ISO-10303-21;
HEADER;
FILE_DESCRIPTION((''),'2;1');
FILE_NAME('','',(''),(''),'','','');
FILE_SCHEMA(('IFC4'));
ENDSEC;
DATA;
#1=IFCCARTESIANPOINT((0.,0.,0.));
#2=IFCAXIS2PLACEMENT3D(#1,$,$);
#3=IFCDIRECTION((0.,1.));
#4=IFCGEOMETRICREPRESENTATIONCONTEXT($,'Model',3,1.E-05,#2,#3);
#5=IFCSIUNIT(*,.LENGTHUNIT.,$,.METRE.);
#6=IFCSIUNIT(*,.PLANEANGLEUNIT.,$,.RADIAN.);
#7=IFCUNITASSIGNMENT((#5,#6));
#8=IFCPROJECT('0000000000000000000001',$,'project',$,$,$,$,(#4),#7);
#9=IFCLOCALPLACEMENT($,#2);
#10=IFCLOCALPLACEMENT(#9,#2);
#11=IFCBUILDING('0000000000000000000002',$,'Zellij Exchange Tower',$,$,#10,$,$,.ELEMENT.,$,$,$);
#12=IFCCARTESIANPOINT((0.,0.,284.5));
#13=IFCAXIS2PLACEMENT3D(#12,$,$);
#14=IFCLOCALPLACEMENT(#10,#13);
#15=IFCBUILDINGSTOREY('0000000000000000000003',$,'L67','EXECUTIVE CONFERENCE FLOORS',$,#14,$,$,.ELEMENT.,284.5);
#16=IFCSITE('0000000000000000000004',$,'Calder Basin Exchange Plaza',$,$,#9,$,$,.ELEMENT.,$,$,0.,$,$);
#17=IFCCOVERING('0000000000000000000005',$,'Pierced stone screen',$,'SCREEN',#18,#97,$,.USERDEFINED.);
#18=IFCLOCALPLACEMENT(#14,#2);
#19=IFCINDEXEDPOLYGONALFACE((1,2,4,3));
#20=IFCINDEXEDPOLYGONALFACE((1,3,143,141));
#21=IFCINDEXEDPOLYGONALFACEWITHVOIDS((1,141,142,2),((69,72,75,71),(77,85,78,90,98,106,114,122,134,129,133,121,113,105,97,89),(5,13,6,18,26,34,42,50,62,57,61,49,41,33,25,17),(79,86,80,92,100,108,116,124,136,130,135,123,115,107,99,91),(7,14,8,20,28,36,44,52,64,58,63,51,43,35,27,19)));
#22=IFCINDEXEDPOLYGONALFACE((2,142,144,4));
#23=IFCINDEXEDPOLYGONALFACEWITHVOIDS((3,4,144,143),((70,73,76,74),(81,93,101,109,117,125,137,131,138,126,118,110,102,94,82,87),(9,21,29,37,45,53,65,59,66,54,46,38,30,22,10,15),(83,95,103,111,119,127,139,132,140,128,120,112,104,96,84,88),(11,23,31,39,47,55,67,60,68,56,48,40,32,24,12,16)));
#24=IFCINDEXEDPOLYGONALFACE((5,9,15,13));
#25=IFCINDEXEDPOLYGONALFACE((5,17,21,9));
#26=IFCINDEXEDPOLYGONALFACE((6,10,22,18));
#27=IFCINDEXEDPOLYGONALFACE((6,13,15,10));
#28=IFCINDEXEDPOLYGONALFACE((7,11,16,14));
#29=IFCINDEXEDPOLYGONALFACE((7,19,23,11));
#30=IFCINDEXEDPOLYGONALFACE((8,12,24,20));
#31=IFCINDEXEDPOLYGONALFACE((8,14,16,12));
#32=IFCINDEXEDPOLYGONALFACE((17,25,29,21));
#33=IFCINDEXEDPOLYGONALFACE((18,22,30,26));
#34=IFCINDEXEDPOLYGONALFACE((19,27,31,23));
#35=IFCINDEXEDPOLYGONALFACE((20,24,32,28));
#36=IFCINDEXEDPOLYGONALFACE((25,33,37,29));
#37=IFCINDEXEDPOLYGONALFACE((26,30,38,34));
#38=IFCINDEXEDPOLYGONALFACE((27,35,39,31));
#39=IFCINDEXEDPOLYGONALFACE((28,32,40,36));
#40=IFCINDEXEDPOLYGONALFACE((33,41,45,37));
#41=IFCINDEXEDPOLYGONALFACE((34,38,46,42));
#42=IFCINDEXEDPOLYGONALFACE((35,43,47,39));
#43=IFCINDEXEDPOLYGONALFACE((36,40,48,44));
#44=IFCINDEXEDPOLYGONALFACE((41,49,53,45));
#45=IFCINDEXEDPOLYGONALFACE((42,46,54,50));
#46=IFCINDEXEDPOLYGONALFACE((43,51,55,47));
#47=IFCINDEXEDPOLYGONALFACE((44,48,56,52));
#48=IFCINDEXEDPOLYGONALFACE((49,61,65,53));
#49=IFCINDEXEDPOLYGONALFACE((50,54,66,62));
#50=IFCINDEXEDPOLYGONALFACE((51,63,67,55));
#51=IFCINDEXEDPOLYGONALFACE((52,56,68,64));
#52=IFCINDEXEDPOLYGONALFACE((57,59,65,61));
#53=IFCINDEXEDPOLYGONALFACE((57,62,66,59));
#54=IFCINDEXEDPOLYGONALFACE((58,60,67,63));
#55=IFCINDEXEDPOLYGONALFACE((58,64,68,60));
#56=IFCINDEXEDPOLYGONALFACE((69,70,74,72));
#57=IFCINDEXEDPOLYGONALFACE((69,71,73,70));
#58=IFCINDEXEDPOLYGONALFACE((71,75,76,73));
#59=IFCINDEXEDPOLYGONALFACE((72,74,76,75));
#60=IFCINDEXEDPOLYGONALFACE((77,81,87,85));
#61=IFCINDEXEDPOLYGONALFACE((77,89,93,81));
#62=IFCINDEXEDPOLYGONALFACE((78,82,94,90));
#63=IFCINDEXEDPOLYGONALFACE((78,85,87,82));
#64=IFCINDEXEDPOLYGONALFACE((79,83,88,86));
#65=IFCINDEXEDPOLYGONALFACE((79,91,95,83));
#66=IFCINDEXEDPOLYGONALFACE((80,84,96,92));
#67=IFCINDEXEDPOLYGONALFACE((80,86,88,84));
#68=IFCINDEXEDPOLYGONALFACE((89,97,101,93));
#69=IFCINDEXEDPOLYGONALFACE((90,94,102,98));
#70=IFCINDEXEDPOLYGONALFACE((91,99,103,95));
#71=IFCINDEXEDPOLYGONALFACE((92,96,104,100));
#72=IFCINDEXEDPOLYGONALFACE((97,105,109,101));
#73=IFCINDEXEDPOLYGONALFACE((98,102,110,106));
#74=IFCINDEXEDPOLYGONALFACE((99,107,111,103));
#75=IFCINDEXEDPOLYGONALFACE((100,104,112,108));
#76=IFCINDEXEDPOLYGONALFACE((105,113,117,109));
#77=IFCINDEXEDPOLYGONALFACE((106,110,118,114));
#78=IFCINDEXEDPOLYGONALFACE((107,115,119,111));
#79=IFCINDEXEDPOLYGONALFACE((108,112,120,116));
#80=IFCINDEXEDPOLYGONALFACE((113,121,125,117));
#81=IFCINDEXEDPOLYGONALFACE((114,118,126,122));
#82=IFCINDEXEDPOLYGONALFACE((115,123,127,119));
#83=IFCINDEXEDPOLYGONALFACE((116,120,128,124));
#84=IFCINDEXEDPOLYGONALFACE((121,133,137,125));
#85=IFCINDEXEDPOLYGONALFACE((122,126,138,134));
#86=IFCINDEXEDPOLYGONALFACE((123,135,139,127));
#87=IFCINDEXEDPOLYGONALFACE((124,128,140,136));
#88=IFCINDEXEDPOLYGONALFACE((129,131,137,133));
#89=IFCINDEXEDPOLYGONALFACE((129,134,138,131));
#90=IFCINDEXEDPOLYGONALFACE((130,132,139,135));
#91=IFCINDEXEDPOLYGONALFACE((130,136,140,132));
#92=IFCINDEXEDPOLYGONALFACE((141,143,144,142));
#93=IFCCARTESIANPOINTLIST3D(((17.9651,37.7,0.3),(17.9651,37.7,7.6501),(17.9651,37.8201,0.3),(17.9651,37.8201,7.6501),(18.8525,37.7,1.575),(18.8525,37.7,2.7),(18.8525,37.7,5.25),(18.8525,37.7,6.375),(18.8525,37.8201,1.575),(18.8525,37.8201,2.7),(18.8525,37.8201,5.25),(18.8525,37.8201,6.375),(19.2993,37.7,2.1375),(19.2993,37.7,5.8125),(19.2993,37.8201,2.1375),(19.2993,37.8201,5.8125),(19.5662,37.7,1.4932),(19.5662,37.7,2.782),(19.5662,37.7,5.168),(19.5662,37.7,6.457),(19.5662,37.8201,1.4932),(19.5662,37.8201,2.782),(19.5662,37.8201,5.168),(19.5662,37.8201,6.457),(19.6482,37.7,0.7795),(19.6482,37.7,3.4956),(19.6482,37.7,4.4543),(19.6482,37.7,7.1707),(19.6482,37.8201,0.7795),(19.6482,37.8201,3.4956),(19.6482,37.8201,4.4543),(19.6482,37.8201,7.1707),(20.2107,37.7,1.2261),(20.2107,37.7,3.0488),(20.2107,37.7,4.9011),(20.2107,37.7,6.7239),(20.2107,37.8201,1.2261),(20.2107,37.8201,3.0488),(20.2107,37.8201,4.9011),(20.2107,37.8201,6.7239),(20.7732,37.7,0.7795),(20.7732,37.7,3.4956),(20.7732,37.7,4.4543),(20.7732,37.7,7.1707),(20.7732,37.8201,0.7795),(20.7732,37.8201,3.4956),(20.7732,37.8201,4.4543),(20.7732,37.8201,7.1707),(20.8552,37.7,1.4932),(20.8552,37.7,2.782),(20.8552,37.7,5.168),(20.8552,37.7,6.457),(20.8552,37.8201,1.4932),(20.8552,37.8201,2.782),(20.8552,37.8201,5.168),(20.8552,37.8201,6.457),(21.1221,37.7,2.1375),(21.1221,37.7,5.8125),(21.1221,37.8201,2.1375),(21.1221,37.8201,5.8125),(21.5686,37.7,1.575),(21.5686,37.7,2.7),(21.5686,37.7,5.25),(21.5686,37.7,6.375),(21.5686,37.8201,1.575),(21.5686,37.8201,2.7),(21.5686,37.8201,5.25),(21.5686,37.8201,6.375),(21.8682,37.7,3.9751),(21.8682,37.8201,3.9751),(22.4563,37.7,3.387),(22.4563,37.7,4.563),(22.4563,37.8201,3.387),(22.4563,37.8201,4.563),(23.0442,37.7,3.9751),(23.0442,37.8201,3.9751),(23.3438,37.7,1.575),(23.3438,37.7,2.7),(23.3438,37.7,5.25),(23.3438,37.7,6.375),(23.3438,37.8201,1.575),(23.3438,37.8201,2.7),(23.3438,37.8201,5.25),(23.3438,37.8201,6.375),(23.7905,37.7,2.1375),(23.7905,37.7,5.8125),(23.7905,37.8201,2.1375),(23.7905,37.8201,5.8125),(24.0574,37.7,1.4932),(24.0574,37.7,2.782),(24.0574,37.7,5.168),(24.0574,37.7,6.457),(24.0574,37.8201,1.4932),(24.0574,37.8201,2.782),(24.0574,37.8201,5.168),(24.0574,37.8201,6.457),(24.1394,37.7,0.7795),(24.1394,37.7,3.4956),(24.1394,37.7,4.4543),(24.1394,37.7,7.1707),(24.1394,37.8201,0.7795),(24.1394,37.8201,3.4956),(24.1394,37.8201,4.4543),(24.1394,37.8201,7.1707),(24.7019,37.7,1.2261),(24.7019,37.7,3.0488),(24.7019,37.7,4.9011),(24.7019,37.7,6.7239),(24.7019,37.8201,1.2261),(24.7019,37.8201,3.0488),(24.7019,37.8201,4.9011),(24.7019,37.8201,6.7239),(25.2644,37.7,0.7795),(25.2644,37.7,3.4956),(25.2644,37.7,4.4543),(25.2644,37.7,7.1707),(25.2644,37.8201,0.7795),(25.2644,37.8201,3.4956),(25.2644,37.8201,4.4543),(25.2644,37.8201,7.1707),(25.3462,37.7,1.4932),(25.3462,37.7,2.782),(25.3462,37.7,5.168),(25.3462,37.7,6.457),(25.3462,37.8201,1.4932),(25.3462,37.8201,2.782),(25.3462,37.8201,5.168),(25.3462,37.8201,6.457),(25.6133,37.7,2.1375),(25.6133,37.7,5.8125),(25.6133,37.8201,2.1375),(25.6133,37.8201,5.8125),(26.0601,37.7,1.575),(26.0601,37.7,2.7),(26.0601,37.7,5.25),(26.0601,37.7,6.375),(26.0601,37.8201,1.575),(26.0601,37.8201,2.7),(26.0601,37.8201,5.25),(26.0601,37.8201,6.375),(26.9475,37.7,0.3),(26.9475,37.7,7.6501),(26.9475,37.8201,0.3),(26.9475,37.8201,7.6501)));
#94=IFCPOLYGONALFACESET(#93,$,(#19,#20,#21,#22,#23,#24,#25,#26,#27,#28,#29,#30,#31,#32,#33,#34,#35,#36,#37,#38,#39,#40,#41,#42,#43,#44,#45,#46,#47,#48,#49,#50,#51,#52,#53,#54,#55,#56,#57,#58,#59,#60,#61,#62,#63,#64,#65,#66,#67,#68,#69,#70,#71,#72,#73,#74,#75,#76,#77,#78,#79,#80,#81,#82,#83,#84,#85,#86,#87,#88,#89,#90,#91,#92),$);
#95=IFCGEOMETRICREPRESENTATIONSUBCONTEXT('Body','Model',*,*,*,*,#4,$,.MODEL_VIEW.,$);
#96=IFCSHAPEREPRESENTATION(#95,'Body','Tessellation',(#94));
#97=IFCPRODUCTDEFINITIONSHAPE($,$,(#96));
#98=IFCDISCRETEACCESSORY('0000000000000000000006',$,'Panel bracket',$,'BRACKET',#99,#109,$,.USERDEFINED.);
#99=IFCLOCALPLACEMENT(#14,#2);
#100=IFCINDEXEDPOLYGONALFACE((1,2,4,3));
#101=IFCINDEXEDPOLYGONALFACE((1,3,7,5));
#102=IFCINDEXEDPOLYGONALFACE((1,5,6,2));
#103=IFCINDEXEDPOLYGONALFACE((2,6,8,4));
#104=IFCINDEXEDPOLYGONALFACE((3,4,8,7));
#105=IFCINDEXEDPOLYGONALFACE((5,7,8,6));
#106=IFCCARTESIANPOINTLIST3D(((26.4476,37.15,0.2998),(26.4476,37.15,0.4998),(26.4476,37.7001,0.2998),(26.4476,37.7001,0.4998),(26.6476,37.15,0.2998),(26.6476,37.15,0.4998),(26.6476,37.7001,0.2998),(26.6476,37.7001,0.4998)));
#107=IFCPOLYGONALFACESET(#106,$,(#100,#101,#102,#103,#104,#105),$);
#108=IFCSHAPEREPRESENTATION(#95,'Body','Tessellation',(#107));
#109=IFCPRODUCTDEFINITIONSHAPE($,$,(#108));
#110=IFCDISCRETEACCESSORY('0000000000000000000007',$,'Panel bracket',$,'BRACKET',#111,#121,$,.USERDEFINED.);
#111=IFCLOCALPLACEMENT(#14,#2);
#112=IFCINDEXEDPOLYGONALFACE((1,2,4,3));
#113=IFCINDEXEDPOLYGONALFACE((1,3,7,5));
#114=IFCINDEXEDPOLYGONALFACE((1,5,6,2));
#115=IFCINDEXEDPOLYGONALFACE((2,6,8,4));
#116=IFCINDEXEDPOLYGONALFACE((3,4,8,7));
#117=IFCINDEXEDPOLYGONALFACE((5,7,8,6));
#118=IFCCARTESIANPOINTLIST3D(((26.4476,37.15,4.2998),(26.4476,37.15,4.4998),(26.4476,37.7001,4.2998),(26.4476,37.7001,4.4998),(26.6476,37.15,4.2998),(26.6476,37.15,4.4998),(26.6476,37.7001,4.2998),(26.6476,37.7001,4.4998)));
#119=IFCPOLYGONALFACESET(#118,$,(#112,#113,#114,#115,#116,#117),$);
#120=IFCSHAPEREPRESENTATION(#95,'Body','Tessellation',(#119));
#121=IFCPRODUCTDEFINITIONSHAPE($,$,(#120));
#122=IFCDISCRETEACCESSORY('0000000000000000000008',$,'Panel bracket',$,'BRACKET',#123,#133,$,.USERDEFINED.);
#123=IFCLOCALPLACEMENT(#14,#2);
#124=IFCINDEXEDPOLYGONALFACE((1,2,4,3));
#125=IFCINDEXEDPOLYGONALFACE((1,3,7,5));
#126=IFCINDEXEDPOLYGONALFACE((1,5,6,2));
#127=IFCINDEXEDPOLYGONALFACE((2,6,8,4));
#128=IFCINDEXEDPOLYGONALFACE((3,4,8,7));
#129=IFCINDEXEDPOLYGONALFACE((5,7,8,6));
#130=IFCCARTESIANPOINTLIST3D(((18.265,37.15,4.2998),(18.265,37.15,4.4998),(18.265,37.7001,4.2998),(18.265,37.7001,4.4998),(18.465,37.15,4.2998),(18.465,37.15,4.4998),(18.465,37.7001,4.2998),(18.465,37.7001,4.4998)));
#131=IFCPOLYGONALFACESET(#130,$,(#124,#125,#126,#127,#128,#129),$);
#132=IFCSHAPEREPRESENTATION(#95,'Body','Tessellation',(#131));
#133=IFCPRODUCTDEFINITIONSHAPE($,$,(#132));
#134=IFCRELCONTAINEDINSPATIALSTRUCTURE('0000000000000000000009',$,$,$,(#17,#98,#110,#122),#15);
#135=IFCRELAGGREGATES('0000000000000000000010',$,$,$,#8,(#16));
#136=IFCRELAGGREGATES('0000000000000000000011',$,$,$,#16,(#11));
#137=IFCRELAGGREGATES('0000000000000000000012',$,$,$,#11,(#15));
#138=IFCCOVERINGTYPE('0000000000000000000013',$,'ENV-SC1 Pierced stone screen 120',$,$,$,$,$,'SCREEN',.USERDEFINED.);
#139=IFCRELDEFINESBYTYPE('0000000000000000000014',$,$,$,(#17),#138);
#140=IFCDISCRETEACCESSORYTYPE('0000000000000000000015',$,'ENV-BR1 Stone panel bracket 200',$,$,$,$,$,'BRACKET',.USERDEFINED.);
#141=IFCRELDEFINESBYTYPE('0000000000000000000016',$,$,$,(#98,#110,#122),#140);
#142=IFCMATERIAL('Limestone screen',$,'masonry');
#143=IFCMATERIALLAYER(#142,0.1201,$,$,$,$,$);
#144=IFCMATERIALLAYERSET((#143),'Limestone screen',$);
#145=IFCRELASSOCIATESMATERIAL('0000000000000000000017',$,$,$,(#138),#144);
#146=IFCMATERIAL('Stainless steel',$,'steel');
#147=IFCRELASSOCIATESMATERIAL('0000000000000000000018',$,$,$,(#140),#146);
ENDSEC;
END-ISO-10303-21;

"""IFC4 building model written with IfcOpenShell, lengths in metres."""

from ifc_helpers import new_model, si_unit, direction, frame, origin, origin_2d, place, context, subcontext, project, spatial, polyline, rectangle, outline, extrude, material, layer, layer_set, type_object, element, save


model = new_model("IFC4")

# Units and contexts
model_context = context("Model", 3, precision=1e-05, world=origin(), true_north=direction((0.0, 1.0)))
body_context = subcontext(model_context, "Body", "Model", "MODEL_VIEW")
ifc_project = project(units=[si_unit("LENGTHUNIT", "METRE"), si_unit("PLANEANGLEUNIT", "RADIAN")], contexts=[model_context])

# Site, building, storey
site_placement = place(None, origin())
site = spatial("IfcSite", under=ifc_project, at=site_placement, Name="Calder Basin Exchange Plaza", CompositionType="ELEMENT", RefElevation=0.0)
building_placement = place(site_placement, origin())
building = spatial("IfcBuilding", under=site, at=building_placement, Name="Zellij Exchange Tower", CompositionType="ELEMENT")
storey_placement = place(building_placement, frame((0.0, 0.0, 284.5)))
storey = spatial("IfcBuildingStorey", under=building, at=storey_placement, Name="L67", Description="EXECUTIVE CONFERENCE FLOORS", CompositionType="ELEMENT", Elevation=284.5)

# Covering
ifc_material_1 = material(Name="Limestone screen", Category="masonry")
ifc_layer_1 = layer(ifc_material_1, 0.1201)
ifc_layer_set_1 = layer_set([ifc_layer_1], Name="Limestone screen")
covering_type = type_object("IfcCoveringType", Name="ENV-SC1 Pierced stone screen 120", ElementType="SCREEN", PredefinedType="USERDEFINED", material=ifc_layer_set_1)
covering_placement = place(storey_placement, frame((26.9475, 37.76, 0.3), z_axis=(0.0, 0.0, 1.0), x_axis=(-1.0, 0.0, 0.0)))
element("IfcCovering", 1, at=covering_placement, inside=storey, type_object=covering_type, Name="Pierced stone screen", ObjectType="SCREEN", PredefinedType="USERDEFINED", context=body_context, shape_type="SweptSolid", body=[
    extrude(outline(polyline([(0.0, 0.0), (8.9824, 0.0), (8.9824, 7.3501), (0.0, 7.3501), (0.0, 0.0)]), holes=[polyline([(3.6038, 2.3999), (2.8901, 2.4819), (2.8081, 3.1956), (2.2456, 2.7488), (1.6831, 3.1956), (1.6013, 2.4819), (0.8875, 2.3999), (1.3342, 1.8374), (0.8875, 1.2749), (1.6013, 1.1931), (1.6831, 0.4795), (2.2456, 0.926), (2.8081, 0.4795), (2.8901, 1.1931), (3.6038, 1.2749), (3.157, 1.8374), (3.6038, 2.3999)]), polyline([(3.6038, 6.075), (2.8901, 6.157), (2.8081, 6.8706), (2.2456, 6.4238), (1.6831, 6.8706), (1.6013, 6.157), (0.8875, 6.075), (1.3342, 5.5125), (0.8875, 4.95), (1.6013, 4.8679), (1.6831, 4.1543), (2.2456, 4.6011), (2.8081, 4.1543), (2.8901, 4.8679), (3.6038, 4.95), (3.157, 5.5125), (3.6038, 6.075)]), polyline([(8.095, 2.3999), (7.3813, 2.4819), (7.2993, 3.1956), (6.7368, 2.7488), (6.1743, 3.1956), (6.0923, 2.4819), (5.3789, 2.3999), (5.8254, 1.8374), (5.3789, 1.2749), (6.0923, 1.1931), (6.1743, 0.4795), (6.7368, 0.926), (7.2993, 0.4795), (7.3813, 1.1931), (8.095, 1.2749), (7.6482, 1.8374), (8.095, 2.3999)]), polyline([(8.095, 6.075), (7.3813, 6.157), (7.2993, 6.8706), (6.7368, 6.4238), (6.1743, 6.8706), (6.0923, 6.157), (5.3789, 6.075), (5.8254, 5.5125), (5.3789, 4.95), (6.0923, 4.8679), (6.1743, 4.1543), (6.7368, 4.6011), (7.2993, 4.1543), (7.3813, 4.8679), (8.095, 4.95), (7.6482, 5.5125), (8.095, 6.075)]), polyline([(5.0793, 3.675), (4.4912, 4.2629), (3.9033, 3.675), (4.4912, 3.0869), (5.0793, 3.675)])]), frame((0.0, 0.0601, 0.0), z_axis=(0.0, -1.0, 0.0), x_axis=(1.0, 0.0, 0.0)), (0.0, 0.0, 1.0), 0.1201),
])

# Discrete accessories
ifc_material_2 = material(Name="Stainless steel", Category="steel")
discrete_accessory_type = type_object("IfcDiscreteAccessoryType", Name="ENV-BR1 Stone panel bracket 200", ElementType="BRACKET", PredefinedType="USERDEFINED", material=ifc_material_2)
for number, where, z_axis, x_axis, name in (
    (2, (26.5476, 37.425, 0.2998), (0.0, 0.0, 1.0), (-1.0, 0.0, 0.0), "Panel bracket"),
    (3, (26.5476, 37.425, 4.2998), (0.0, 0.0, 1.0), (-1.0, 0.0, 0.0), "Panel bracket"),
    (4, (18.365, 37.425, 4.2998), (0.0, 0.0, 1.0), (-1.0, 0.0, 0.0), "Panel bracket"),
):
    element("IfcDiscreteAccessory", number, at=place(storey_placement, frame(where, z_axis=z_axis, x_axis=x_axis)), inside=storey, type_object=discrete_accessory_type, Name=name, ObjectType="BRACKET", PredefinedType="USERDEFINED", context=body_context, shape_type="SweptSolid", body=[
        extrude(rectangle(XDim=0.2, YDim=0.55, at=origin_2d()), origin(), (0.0, 0.0, 1.0), 0.2),
    ])

save(model, "model.ifc")
